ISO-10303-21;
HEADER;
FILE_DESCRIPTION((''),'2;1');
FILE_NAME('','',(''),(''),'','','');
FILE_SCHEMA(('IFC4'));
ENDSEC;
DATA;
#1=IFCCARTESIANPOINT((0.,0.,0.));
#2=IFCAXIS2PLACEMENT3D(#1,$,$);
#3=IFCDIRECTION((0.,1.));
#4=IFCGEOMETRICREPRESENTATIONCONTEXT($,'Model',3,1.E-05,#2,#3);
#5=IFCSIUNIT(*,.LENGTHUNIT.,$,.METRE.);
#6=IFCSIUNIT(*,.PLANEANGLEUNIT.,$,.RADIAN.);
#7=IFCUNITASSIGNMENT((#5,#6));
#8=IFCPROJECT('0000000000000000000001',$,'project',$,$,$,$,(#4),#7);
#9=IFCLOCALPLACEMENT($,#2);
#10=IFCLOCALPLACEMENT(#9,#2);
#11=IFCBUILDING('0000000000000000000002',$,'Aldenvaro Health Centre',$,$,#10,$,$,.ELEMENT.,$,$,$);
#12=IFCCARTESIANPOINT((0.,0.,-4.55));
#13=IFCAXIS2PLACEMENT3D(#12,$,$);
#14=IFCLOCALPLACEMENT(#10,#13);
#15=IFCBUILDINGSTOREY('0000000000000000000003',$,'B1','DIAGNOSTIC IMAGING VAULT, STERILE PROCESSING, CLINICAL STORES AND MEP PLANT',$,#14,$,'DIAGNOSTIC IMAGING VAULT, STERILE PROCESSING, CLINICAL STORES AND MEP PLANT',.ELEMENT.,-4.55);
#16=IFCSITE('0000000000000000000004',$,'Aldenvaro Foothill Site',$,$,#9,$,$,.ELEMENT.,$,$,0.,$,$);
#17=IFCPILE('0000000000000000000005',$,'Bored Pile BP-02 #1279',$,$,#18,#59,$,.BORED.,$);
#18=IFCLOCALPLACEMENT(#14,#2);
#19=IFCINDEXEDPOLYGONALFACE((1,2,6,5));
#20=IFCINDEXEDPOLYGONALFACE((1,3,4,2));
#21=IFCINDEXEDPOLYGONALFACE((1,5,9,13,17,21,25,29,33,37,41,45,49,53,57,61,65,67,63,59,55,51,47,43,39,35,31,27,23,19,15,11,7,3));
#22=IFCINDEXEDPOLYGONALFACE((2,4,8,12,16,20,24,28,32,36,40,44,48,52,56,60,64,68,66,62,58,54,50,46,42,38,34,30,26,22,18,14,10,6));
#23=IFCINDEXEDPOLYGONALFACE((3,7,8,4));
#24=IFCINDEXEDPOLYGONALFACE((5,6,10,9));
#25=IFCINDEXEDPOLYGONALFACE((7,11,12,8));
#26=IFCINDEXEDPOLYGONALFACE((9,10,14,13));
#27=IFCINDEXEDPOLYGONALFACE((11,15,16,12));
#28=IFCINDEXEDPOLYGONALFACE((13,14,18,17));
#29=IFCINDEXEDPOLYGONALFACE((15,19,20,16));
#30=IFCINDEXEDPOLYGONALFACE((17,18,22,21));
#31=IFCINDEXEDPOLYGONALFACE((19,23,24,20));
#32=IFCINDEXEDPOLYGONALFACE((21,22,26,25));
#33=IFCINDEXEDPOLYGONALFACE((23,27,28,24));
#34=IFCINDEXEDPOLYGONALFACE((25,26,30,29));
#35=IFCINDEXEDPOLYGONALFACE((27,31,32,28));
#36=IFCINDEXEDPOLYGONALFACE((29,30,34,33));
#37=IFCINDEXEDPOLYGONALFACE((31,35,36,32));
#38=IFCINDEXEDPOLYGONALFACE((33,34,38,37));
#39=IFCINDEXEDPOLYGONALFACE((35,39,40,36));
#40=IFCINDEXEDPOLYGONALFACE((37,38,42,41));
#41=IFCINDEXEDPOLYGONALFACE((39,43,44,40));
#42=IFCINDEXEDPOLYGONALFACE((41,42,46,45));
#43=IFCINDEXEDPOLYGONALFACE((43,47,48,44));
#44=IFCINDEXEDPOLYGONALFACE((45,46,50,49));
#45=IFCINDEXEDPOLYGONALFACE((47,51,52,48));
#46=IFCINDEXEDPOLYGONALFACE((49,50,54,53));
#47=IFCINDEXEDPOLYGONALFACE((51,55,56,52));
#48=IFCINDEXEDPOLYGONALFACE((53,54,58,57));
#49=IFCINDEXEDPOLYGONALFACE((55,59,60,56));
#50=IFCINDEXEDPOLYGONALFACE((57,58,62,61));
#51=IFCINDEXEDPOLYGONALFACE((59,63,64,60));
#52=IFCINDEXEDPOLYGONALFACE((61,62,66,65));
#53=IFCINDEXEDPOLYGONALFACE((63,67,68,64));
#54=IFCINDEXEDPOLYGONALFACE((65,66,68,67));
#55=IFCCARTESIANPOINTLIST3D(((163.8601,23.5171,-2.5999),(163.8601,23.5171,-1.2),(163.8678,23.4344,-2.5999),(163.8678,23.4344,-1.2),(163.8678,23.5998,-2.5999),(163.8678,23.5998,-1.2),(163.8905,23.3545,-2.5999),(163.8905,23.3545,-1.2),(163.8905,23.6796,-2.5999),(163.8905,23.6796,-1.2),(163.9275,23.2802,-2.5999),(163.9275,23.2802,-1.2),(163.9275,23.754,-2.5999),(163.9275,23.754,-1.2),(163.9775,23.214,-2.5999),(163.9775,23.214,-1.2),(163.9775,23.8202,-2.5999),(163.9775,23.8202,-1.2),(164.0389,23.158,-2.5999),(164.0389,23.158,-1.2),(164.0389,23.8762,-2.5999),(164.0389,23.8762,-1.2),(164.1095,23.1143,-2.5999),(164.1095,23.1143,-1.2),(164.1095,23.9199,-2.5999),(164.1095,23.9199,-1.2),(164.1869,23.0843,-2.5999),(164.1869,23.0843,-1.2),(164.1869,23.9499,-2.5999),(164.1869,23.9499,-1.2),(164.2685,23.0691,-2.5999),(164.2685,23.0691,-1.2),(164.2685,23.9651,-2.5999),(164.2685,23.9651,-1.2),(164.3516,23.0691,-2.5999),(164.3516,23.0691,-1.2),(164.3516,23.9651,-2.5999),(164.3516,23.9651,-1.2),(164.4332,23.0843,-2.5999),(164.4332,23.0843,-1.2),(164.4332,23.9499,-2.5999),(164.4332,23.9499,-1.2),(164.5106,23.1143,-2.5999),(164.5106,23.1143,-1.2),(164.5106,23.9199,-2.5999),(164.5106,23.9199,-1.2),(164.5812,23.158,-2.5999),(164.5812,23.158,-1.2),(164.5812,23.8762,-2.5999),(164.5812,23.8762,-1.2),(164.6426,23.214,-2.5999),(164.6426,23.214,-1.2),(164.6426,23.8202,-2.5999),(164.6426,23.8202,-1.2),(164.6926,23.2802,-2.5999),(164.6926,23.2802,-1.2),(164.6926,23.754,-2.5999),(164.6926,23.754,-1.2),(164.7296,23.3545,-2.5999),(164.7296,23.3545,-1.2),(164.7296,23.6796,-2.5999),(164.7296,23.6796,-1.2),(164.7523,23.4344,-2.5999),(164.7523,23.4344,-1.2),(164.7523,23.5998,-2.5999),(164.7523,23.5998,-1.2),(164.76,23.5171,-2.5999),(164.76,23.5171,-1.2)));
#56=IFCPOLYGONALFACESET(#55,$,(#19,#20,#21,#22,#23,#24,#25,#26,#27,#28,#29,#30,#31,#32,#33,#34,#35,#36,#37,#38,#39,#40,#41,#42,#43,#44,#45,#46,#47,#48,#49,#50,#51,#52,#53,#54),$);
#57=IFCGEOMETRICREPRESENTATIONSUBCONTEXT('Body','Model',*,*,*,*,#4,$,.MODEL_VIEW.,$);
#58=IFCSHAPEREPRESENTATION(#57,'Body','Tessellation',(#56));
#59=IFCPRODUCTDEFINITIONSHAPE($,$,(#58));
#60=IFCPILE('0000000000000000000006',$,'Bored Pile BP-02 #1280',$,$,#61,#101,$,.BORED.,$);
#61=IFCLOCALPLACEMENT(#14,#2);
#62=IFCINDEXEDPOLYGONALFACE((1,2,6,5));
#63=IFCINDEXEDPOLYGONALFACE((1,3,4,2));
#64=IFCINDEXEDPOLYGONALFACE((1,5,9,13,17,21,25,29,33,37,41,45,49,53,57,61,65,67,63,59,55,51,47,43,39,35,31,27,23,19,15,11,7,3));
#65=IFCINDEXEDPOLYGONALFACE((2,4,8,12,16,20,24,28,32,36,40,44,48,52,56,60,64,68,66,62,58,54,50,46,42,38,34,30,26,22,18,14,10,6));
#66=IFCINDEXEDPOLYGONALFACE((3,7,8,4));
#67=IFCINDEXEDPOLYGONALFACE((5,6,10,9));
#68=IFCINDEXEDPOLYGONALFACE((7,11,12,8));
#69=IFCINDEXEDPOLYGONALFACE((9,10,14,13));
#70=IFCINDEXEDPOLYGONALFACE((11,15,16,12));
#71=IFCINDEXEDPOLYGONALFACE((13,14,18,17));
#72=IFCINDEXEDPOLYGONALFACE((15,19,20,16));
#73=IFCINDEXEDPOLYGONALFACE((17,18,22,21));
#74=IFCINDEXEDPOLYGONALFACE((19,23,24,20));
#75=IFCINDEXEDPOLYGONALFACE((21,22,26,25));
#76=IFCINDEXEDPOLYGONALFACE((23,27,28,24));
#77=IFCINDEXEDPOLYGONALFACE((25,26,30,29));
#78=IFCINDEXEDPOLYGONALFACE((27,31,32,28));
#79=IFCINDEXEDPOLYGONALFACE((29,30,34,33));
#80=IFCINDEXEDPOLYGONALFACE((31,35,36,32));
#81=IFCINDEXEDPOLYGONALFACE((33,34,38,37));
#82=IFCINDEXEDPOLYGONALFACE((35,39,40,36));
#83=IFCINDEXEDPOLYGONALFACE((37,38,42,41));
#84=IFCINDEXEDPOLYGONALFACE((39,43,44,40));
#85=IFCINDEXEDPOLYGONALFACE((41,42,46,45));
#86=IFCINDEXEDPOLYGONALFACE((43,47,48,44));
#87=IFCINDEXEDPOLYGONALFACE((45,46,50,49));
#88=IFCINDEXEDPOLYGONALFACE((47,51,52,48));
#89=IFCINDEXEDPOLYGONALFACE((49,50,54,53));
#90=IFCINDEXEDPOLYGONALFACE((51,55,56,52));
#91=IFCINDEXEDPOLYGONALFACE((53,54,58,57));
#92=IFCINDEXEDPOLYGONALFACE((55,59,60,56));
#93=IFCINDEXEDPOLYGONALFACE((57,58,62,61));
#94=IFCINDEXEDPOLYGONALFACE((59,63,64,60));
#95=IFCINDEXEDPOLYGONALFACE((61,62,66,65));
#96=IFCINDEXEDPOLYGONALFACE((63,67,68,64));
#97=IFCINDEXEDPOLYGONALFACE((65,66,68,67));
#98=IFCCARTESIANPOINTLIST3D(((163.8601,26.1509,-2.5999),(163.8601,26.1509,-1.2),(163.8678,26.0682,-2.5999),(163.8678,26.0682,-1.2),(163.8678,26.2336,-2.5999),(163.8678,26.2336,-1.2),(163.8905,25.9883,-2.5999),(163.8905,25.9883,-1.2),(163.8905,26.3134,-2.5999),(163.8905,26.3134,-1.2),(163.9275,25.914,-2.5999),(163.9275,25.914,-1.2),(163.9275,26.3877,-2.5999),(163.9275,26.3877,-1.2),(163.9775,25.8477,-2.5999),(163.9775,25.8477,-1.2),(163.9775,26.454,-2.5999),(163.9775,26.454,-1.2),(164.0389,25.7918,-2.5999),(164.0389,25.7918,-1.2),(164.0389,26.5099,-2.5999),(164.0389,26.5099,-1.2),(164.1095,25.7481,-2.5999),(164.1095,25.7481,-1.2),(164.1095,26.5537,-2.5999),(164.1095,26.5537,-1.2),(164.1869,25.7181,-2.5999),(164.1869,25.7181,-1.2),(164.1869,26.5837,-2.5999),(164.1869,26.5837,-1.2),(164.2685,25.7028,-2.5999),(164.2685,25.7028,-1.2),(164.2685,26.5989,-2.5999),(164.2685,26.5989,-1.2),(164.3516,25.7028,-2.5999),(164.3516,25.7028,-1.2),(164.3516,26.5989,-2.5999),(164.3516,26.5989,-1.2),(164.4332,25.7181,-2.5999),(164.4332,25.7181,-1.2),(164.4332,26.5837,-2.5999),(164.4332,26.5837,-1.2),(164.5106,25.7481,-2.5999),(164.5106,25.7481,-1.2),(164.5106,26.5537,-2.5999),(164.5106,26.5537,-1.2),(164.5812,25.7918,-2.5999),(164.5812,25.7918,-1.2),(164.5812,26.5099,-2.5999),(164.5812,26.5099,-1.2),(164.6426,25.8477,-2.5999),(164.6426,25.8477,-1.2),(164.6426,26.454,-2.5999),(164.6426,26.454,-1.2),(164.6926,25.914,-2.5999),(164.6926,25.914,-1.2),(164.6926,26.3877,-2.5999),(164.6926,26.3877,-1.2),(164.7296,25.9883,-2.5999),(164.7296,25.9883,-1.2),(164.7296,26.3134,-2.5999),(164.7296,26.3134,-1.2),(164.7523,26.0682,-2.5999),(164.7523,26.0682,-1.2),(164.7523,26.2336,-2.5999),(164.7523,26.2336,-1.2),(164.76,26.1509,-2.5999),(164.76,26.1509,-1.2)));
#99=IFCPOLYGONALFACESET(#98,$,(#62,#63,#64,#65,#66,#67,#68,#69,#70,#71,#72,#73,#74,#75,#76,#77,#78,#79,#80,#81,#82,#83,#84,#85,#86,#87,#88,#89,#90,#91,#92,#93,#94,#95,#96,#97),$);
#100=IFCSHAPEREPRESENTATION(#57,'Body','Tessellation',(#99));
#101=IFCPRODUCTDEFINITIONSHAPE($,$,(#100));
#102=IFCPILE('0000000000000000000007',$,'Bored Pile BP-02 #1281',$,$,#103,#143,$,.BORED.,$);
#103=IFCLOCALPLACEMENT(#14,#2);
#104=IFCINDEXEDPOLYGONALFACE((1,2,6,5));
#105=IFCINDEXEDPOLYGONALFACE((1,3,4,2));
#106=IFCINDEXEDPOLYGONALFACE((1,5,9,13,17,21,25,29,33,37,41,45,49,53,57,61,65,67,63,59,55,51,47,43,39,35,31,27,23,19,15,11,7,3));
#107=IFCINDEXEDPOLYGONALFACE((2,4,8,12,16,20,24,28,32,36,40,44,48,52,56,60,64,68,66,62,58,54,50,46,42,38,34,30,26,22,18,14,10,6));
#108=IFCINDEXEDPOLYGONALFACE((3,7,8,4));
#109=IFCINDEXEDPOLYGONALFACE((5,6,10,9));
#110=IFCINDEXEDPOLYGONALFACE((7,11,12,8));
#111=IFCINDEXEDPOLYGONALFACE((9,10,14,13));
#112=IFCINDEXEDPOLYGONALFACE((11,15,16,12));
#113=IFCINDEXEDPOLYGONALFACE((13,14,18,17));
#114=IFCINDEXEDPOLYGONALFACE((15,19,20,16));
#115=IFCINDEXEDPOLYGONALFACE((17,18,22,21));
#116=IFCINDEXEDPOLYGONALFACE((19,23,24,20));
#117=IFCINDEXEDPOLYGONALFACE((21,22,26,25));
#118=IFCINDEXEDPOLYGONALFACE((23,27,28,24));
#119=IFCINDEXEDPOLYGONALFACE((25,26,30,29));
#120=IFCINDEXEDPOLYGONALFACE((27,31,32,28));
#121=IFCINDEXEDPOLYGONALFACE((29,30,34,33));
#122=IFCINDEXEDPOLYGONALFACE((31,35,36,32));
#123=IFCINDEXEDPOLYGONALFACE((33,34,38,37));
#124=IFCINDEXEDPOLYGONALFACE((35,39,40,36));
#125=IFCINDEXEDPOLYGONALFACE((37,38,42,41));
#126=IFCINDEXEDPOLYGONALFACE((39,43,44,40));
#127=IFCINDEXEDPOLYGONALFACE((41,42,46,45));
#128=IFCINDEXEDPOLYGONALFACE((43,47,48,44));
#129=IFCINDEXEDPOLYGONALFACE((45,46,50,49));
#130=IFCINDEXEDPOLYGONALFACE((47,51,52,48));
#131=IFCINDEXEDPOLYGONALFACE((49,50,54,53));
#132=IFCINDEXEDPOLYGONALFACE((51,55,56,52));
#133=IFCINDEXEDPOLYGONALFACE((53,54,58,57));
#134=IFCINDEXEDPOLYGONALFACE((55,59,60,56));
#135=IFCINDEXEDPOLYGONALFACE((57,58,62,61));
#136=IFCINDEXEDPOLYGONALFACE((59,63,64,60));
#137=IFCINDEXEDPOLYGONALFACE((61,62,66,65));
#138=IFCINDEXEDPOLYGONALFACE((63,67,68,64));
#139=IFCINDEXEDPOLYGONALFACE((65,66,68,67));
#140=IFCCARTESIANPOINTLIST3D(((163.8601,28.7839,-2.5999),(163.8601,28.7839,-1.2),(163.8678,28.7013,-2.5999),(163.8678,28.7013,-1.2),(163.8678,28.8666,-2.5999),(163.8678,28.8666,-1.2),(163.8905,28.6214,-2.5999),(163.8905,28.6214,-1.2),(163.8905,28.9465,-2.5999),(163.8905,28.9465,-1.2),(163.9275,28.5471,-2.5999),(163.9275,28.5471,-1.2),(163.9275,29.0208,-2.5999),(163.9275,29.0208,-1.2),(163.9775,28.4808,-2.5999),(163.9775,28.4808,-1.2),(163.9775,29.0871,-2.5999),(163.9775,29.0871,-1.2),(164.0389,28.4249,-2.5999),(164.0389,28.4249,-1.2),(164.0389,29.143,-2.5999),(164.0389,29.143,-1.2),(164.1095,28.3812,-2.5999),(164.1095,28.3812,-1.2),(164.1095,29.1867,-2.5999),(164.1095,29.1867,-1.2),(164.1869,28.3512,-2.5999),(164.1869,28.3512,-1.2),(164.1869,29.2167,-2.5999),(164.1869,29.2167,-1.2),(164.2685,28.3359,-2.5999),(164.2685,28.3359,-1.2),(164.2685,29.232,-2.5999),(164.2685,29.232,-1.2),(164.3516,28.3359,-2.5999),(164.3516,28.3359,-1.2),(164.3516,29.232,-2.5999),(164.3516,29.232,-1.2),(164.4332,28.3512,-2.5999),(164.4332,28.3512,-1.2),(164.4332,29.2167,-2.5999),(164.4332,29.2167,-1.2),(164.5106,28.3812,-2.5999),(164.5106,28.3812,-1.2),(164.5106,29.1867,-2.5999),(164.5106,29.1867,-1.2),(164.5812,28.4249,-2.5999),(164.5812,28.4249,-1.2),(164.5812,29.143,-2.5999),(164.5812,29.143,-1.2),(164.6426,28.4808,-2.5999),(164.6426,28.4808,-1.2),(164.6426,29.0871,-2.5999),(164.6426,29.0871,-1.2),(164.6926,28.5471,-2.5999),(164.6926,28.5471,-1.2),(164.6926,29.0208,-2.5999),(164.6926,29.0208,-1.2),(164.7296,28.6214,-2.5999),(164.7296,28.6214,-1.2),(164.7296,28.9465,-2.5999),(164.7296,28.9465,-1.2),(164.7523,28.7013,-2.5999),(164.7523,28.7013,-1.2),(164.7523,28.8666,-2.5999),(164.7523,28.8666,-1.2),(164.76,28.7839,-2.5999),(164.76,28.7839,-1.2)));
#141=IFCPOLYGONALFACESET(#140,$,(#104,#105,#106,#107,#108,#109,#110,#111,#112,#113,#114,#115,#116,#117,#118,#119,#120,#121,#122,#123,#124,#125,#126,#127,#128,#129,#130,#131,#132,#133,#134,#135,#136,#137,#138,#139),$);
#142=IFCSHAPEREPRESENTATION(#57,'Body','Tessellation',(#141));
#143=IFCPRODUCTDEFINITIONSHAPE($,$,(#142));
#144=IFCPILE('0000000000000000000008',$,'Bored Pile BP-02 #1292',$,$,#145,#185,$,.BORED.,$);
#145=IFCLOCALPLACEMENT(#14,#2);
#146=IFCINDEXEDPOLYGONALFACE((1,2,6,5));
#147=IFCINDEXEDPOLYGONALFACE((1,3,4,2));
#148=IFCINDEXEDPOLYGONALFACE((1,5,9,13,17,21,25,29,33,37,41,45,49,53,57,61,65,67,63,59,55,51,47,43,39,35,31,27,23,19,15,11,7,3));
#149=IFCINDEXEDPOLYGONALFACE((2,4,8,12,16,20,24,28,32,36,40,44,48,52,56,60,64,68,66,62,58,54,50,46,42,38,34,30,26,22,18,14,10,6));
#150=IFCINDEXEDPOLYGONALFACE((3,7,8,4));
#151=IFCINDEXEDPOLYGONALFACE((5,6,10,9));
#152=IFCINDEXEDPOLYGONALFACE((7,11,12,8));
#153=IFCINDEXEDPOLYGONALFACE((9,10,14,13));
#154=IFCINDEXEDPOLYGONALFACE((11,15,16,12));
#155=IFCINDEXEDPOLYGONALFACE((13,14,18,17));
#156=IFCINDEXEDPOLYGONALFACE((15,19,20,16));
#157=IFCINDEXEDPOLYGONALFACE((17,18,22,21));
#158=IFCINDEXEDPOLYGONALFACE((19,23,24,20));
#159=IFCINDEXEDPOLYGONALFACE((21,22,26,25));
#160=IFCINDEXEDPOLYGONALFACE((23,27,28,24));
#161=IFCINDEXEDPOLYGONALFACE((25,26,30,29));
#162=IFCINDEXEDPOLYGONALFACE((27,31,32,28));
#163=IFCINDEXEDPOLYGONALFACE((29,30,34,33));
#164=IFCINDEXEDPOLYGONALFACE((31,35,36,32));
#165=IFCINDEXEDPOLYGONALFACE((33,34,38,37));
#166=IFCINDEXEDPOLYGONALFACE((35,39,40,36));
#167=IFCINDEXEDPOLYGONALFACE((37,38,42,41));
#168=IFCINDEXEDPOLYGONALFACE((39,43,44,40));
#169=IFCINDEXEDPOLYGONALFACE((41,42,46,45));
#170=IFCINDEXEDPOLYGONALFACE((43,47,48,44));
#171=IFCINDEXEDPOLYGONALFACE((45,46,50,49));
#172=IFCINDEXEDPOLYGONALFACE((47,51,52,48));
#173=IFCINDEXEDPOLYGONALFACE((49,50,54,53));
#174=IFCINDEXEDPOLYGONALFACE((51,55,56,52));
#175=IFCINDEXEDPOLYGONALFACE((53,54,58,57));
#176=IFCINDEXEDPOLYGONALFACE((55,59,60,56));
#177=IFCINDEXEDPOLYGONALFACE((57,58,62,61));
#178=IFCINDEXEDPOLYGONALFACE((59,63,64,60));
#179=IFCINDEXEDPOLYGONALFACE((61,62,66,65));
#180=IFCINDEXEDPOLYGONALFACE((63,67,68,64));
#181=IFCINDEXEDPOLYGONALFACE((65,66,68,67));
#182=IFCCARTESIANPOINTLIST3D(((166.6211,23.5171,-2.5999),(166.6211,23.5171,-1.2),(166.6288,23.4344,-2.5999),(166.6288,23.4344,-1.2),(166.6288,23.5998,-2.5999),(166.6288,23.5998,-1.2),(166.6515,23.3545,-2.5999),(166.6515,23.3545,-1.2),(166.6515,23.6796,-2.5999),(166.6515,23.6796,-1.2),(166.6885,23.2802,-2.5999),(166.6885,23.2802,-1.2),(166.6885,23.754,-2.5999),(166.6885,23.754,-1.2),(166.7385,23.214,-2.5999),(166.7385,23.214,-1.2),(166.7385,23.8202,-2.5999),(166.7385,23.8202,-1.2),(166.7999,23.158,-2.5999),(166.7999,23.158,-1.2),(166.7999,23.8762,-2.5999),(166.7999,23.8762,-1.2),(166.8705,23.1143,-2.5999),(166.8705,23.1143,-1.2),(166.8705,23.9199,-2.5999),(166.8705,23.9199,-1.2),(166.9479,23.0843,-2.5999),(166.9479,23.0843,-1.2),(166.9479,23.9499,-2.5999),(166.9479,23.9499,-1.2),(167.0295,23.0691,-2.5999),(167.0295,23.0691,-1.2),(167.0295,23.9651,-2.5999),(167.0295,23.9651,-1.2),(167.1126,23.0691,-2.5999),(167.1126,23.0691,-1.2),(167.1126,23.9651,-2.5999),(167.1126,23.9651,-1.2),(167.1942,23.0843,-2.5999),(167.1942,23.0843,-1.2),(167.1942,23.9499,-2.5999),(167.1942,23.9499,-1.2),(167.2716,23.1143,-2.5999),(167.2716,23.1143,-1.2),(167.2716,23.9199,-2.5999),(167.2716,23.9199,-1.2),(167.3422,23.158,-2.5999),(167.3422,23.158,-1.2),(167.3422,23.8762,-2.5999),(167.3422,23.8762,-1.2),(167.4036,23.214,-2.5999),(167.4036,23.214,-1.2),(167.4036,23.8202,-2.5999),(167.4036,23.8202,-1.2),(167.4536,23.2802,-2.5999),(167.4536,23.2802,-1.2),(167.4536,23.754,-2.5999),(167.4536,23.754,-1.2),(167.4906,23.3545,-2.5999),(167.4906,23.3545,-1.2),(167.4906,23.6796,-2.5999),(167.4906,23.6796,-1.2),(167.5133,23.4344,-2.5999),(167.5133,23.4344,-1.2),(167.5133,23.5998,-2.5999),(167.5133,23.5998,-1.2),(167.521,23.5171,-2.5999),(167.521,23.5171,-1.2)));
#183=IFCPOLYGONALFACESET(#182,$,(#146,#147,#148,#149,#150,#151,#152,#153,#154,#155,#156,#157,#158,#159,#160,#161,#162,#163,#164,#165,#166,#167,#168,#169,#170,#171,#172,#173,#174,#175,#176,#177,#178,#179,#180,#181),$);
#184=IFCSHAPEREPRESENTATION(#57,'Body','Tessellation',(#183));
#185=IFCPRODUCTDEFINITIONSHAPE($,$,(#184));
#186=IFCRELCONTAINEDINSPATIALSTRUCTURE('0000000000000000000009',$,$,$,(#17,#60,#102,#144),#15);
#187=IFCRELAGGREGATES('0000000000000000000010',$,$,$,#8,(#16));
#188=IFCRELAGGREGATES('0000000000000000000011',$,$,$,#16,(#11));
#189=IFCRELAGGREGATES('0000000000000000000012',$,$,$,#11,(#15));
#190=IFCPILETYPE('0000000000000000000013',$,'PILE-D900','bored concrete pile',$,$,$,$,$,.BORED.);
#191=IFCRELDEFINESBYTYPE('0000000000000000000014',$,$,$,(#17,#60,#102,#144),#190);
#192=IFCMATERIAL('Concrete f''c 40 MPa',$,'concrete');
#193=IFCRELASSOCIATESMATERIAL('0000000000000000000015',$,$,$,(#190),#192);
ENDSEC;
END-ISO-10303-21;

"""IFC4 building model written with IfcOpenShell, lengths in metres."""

from ifc_helpers import new_model, si_unit, direction, frame, origin, origin_2d, place, context, subcontext, project, spatial, circle, extrude, material, material_profile, profile_set, type_object, element, save


model = new_model("IFC4")

# Units and contexts
model_context = context("Model", 3, precision=1e-05, world=origin(), true_north=direction((0.0, 1.0)))
body_context = subcontext(model_context, "Body", "Model", "MODEL_VIEW")
ifc_project = project(units=[si_unit("LENGTHUNIT", "METRE"), si_unit("PLANEANGLEUNIT", "RADIAN")], contexts=[model_context])

# Site, building, storey
site_placement = place(None, origin())
site = spatial("IfcSite", under=ifc_project, at=site_placement, Name="Aldenvaro Foothill Site", CompositionType="ELEMENT", RefElevation=0.0)
building_placement = place(site_placement, origin())
building = spatial("IfcBuilding", under=site, at=building_placement, Name="Aldenvaro Health Centre", CompositionType="ELEMENT")
storey_placement = place(building_placement, frame((0.0, 0.0, -4.55)))
storey = spatial("IfcBuildingStorey", under=building, at=storey_placement, Name="B1", Description="DIAGNOSTIC IMAGING VAULT, STERILE PROCESSING, CLINICAL STORES AND MEP PLANT", LongName="DIAGNOSTIC IMAGING VAULT, STERILE PROCESSING, CLINICAL STORES AND MEP PLANT", CompositionType="ELEMENT", Elevation=-4.55)

# Piles
ifc_material_1 = material(Name="Concrete f'c 40 MPa", Category="concrete")
ifc_material_profile_1 = material_profile(ifc_material_1, circle(Radius=0.45, at=origin_2d()), Name="PILE D900", Category="concrete")
ifc_profile_set_1 = profile_set([ifc_material_profile_1], Name="Concrete f'c 40 MPa")
pile_type = type_object("IfcPileType", Name="PILE-D900", Description="bored concrete pile", PredefinedType="BORED", material=ifc_profile_set_1)
for number, where, z_axis, x_axis, name in (
    (1, (164.3101, 23.5171, -1.2), (0.0, 0.0, -1.0), (1.0, 0.0, 0.0), "Bored Pile BP-02 #1279"),
    (2, (164.3101, 26.1509, -1.2), (0.0, 0.0, -1.0), (1.0, 0.0, 0.0), "Bored Pile BP-02 #1280"),
    (3, (164.3101, 28.7839, -1.2), (0.0, 0.0, -1.0), (1.0, 0.0, 0.0), "Bored Pile BP-02 #1281"),
    (4, (167.071, 23.5171, -1.2), (0.0, 0.0, -1.0), (1.0, 0.0, 0.0), "Bored Pile BP-02 #1292"),
):
    element("IfcPile", number, at=place(storey_placement, frame(where, z_axis=z_axis, x_axis=x_axis)), inside=storey, type_object=pile_type, Name=name, PredefinedType="BORED", context=body_context, shape_type="SweptSolid", body=[
        extrude(circle(Radius=0.45, at=origin_2d()), origin(), (0.0, 0.0, 1.0), 1.3999),
    ])

save(model, "model.ifc")
